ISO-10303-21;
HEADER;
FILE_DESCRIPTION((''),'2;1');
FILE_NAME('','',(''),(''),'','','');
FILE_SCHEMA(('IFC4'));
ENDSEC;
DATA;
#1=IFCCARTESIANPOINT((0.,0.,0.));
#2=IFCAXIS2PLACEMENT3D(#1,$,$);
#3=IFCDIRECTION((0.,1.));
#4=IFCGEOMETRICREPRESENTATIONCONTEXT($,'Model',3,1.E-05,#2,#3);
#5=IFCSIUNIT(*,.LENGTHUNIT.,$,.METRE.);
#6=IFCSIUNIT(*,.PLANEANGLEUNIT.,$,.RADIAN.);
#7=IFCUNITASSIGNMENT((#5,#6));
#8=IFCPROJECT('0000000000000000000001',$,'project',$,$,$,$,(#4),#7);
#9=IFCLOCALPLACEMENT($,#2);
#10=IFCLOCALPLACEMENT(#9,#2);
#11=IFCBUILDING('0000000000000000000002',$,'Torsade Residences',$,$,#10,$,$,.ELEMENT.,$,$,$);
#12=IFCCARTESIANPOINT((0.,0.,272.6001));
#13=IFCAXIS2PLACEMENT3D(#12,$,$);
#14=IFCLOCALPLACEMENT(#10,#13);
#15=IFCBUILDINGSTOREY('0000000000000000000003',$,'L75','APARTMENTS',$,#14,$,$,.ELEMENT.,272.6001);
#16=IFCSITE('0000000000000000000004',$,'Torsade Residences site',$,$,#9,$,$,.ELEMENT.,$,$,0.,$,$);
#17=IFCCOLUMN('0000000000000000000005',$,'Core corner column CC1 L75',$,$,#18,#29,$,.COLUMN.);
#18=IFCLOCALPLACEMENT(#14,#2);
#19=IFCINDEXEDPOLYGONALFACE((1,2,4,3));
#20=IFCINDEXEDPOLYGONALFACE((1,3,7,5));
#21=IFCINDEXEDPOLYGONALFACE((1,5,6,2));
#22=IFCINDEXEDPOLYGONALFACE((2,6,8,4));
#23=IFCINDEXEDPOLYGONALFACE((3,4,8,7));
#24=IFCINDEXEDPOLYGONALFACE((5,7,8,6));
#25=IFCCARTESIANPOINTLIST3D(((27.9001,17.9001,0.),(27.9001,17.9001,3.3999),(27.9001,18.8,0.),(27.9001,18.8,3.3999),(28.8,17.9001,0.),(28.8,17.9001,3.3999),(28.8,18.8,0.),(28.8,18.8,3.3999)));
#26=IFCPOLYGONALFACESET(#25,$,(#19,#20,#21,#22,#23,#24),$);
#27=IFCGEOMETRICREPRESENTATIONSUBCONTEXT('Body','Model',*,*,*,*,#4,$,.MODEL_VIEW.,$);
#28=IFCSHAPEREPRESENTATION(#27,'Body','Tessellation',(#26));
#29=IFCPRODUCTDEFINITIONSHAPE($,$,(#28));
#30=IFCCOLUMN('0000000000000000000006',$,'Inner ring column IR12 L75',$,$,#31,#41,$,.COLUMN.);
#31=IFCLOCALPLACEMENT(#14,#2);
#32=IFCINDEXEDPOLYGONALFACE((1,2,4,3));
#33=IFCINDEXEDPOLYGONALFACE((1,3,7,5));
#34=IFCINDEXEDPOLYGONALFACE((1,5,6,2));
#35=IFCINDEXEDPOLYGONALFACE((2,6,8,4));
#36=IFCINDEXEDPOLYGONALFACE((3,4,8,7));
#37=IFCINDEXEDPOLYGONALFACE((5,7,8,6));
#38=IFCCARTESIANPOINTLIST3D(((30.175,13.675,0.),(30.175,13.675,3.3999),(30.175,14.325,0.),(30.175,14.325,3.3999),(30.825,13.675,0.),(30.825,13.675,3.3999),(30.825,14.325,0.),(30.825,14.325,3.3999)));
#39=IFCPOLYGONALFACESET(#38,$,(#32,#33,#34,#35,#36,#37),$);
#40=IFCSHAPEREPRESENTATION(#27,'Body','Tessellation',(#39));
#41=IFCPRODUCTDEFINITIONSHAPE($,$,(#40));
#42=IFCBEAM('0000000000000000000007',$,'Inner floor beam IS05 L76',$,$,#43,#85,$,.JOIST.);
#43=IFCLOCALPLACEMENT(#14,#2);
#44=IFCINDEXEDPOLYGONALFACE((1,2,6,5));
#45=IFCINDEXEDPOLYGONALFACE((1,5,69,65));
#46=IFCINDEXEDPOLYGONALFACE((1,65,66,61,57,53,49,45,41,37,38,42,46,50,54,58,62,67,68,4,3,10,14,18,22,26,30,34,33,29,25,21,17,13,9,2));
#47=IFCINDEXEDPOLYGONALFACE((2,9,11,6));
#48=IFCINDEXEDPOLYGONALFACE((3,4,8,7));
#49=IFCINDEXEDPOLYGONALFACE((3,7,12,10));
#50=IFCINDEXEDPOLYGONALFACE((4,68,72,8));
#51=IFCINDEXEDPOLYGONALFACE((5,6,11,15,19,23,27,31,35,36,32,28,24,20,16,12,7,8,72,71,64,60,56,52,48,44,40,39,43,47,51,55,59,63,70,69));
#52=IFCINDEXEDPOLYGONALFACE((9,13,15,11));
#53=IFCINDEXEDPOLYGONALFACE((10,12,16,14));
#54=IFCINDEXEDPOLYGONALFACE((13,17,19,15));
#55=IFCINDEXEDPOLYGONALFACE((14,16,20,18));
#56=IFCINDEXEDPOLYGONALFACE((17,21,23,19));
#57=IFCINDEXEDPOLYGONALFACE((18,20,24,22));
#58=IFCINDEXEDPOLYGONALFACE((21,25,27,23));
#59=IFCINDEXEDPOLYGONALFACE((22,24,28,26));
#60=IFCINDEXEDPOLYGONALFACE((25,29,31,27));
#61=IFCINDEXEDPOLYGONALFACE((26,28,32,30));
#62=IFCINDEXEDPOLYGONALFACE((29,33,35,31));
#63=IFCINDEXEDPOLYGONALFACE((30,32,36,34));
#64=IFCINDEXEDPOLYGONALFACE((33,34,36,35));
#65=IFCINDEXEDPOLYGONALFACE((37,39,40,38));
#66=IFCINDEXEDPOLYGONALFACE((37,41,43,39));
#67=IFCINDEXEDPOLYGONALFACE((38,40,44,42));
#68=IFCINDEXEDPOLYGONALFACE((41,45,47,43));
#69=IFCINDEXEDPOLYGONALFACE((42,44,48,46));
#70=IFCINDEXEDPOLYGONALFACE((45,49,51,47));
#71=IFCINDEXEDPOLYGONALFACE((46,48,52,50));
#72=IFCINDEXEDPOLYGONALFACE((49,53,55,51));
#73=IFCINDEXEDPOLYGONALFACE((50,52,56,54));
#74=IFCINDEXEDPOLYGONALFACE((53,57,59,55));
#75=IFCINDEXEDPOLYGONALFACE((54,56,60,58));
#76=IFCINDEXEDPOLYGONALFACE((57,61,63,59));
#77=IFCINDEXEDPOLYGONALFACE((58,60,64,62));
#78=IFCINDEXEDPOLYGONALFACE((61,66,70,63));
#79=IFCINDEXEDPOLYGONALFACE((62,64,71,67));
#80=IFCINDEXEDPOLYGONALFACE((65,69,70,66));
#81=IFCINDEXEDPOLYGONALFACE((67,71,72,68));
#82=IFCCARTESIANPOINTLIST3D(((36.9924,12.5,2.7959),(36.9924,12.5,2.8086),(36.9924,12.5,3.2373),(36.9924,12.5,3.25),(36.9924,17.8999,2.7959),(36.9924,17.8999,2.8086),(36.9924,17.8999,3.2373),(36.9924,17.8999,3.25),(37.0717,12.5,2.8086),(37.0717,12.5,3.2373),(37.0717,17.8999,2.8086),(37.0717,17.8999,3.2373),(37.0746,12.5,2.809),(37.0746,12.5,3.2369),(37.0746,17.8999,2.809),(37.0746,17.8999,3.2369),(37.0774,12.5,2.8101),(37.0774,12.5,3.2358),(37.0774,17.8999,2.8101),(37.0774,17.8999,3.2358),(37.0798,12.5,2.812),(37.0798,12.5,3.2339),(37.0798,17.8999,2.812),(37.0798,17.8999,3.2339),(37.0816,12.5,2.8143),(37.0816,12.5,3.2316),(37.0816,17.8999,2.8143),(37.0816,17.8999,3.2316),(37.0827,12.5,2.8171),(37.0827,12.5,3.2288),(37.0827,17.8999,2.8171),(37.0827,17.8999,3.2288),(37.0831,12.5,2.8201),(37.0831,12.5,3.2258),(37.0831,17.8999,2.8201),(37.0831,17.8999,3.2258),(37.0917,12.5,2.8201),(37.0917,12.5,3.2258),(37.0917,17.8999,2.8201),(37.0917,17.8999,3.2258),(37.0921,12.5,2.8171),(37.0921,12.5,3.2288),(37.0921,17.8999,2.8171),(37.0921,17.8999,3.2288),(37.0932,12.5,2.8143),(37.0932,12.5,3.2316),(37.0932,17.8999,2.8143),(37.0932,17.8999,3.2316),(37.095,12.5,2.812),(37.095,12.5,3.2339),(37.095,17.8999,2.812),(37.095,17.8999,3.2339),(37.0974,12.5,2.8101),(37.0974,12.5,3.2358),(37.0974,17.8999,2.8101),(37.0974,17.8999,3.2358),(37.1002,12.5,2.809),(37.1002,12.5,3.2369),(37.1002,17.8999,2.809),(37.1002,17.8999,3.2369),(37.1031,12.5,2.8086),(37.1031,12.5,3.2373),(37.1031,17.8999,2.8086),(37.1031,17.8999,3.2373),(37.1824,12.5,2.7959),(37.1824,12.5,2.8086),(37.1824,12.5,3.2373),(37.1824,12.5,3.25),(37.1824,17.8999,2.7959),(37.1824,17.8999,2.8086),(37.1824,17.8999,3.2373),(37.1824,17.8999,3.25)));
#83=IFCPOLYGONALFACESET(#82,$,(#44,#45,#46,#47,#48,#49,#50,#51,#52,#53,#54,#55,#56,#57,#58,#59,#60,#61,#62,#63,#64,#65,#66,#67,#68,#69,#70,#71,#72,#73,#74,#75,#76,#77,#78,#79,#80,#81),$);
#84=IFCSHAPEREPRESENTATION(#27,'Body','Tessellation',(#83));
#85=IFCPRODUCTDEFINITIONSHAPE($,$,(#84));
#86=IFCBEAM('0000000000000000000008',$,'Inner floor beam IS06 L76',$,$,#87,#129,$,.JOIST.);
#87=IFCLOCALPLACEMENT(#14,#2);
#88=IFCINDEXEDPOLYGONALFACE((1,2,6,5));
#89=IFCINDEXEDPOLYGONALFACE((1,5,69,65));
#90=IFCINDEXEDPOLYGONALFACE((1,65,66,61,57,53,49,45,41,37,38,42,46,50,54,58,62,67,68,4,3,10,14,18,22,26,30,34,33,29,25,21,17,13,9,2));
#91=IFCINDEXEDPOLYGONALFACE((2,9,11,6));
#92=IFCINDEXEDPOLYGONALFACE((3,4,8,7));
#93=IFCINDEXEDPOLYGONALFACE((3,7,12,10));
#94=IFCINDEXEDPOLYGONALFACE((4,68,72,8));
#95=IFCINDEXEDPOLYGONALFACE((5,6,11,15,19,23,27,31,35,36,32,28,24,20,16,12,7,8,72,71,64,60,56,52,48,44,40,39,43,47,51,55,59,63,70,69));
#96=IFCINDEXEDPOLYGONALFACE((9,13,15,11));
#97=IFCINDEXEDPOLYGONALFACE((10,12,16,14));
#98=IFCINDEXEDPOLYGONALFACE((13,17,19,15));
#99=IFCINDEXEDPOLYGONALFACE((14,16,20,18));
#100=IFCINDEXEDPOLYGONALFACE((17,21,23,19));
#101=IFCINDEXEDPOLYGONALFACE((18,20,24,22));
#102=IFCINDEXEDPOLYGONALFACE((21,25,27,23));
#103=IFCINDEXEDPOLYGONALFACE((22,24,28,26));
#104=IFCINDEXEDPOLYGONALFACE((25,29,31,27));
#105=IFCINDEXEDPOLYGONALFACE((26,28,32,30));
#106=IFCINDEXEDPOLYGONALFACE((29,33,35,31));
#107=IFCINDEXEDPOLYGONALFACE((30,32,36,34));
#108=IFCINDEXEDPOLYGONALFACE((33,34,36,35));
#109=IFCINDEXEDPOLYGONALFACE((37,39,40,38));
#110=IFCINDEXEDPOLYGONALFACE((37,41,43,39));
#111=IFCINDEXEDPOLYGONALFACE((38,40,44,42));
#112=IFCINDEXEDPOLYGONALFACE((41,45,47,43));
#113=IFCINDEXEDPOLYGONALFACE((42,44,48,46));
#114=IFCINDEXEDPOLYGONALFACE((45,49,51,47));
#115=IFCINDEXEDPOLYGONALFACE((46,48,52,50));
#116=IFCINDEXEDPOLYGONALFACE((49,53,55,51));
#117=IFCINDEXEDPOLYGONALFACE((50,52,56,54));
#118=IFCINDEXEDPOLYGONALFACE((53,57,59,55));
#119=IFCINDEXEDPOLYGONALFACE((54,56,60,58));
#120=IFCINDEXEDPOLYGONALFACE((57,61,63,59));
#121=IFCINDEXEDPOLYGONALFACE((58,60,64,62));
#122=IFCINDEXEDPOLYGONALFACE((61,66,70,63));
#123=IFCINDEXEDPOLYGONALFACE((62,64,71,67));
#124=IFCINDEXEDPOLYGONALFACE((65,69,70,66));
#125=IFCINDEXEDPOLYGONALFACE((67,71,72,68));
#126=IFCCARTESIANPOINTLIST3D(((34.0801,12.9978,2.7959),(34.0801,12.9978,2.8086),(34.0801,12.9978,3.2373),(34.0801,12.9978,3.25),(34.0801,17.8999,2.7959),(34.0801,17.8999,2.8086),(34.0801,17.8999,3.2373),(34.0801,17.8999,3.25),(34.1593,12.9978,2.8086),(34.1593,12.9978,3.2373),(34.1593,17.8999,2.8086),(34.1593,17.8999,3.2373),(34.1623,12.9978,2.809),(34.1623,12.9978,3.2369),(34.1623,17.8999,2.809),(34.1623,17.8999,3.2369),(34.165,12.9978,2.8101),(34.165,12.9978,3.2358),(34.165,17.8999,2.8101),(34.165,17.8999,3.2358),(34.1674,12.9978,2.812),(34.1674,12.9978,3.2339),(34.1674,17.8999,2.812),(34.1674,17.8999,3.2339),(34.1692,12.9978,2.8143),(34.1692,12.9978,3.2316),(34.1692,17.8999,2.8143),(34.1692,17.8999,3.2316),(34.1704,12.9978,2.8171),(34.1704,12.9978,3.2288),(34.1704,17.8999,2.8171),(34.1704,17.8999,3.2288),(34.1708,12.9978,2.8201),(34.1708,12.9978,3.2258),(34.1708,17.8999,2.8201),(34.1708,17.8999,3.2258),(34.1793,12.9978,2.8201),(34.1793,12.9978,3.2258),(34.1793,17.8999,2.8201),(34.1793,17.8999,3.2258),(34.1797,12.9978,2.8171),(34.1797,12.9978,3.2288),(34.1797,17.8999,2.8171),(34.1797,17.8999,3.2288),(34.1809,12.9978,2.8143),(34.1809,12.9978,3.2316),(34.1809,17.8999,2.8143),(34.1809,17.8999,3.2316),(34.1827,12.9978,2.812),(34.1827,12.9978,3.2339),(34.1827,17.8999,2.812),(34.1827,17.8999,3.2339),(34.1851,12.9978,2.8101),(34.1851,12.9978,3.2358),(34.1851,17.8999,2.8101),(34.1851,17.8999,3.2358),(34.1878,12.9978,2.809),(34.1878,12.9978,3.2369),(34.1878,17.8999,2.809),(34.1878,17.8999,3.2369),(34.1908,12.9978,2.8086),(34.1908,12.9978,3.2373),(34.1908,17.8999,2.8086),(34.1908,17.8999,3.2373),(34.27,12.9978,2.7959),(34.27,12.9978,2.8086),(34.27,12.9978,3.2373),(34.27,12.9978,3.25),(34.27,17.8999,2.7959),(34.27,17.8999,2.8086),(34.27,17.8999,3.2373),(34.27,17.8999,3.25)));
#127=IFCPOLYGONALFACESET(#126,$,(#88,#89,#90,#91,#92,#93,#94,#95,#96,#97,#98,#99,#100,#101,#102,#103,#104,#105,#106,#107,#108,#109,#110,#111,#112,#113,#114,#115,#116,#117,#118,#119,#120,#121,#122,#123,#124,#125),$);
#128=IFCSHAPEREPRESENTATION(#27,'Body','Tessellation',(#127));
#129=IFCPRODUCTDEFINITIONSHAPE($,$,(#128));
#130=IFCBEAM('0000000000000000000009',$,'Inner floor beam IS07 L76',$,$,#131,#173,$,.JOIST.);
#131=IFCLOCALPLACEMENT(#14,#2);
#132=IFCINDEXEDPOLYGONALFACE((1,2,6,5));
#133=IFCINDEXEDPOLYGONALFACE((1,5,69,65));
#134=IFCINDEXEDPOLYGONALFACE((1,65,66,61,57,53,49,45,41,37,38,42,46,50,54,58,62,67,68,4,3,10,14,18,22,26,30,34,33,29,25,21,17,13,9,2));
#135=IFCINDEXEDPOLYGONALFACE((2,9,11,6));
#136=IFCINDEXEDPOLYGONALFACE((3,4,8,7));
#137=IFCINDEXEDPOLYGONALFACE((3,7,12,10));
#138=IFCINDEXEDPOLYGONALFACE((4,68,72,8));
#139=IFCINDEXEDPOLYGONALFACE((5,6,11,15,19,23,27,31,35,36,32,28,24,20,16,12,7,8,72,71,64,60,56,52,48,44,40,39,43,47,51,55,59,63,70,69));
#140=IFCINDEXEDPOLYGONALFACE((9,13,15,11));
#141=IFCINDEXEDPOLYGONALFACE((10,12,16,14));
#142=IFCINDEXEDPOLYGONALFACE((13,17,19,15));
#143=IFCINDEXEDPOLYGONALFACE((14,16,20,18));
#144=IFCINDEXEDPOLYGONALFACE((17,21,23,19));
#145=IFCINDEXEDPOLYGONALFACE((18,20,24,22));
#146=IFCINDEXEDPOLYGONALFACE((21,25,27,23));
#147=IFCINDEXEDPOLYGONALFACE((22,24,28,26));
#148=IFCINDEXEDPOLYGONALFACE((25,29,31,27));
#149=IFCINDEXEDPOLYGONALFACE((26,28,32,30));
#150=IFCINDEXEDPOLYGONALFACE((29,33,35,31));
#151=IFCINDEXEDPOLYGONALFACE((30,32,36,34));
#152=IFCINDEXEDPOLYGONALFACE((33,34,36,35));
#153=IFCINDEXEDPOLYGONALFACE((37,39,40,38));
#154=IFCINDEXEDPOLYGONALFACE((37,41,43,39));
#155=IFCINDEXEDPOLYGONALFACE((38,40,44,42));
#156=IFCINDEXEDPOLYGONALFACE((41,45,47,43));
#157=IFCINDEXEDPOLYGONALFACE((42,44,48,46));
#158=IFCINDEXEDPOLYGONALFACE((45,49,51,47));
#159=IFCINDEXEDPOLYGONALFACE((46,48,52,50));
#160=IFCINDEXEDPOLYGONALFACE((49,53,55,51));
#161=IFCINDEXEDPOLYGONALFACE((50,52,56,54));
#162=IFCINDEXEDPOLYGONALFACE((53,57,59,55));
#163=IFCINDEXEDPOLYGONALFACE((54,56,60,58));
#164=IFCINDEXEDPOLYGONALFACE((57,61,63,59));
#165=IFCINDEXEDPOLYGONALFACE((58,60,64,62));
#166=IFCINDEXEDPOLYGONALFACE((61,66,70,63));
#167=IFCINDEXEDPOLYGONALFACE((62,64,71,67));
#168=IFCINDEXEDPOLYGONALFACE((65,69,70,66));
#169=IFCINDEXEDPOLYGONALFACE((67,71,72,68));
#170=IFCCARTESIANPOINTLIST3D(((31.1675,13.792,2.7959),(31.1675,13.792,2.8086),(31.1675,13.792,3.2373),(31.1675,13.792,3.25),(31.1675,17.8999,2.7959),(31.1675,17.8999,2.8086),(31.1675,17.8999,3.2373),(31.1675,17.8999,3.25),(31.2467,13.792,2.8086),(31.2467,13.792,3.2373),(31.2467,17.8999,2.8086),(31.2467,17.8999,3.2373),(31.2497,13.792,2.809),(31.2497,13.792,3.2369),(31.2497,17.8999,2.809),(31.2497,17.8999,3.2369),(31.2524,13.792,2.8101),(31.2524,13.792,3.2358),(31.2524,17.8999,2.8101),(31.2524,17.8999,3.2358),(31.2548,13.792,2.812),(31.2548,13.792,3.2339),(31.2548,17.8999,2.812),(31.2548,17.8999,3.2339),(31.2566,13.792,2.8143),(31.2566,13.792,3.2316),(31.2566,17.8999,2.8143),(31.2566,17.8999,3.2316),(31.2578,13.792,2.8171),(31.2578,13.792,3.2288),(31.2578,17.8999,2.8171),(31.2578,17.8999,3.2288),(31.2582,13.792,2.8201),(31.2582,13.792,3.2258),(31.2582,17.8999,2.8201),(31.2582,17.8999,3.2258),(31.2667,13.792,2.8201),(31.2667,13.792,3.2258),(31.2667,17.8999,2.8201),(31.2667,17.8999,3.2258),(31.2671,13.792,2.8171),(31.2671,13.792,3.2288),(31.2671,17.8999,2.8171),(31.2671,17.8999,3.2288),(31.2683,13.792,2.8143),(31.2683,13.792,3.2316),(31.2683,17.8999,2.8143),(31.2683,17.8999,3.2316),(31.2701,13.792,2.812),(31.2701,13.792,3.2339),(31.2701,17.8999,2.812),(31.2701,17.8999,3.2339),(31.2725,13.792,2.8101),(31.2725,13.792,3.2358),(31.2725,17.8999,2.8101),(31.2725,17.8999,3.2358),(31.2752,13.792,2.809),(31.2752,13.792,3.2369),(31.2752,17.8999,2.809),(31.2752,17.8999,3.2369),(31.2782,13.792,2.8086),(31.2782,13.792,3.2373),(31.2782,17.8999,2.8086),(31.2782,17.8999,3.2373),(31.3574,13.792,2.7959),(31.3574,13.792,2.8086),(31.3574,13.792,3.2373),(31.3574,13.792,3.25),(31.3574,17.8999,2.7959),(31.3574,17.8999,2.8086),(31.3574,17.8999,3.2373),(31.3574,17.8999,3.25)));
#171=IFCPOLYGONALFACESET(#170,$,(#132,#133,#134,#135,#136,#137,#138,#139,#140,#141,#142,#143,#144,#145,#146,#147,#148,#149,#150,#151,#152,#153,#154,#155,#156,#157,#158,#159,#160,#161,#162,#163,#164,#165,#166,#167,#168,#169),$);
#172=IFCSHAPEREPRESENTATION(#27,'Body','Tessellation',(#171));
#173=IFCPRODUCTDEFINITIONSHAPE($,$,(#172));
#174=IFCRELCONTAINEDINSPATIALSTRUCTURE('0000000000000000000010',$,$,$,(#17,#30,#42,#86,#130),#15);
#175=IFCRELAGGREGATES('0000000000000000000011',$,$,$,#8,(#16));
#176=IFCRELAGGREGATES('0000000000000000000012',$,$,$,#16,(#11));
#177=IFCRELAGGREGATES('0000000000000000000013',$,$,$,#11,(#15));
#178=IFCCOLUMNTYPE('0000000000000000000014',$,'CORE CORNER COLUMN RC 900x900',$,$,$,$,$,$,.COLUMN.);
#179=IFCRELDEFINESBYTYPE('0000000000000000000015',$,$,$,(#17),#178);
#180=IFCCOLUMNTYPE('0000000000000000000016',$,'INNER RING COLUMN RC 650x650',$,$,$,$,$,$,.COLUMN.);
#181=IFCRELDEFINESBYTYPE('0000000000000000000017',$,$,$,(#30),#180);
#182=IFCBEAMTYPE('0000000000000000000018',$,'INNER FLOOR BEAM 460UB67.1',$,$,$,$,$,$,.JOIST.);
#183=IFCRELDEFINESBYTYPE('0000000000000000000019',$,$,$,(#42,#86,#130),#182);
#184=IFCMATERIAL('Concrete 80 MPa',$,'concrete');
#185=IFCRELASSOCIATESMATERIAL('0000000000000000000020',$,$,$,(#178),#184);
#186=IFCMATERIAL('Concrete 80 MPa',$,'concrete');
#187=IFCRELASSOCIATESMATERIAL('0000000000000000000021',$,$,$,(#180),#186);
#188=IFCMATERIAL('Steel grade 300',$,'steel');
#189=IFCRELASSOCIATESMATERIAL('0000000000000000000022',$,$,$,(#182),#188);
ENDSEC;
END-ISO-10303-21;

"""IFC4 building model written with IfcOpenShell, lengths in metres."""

from ifc_helpers import new_model, si_unit, direction, frame, origin, origin_2d, place, context, subcontext, project, spatial, rectangle, i_section, extrude, material, material_profile, profile_set, type_object, element, save


model = new_model("IFC4")

# Units and contexts
model_context = context("Model", 3, precision=1e-05, world=origin(), true_north=direction((0.0, 1.0)))
body_context = subcontext(model_context, "Body", "Model", "MODEL_VIEW")
ifc_project = project(units=[si_unit("LENGTHUNIT", "METRE"), si_unit("PLANEANGLEUNIT", "RADIAN")], contexts=[model_context])

# Site, building, storey
site_placement = place(None, origin())
site = spatial("IfcSite", under=ifc_project, at=site_placement, Name="Torsade Residences site", CompositionType="ELEMENT", RefElevation=0.0)
building_placement = place(site_placement, origin())
building = spatial("IfcBuilding", under=site, at=building_placement, Name="Torsade Residences", CompositionType="ELEMENT")
storey_placement = place(building_placement, frame((0.0, 0.0, 272.6001)))
storey = spatial("IfcBuildingStorey", under=building, at=storey_placement, Name="L75", Description="APARTMENTS", CompositionType="ELEMENT", Elevation=272.6001)

# Columns
ifc_material_1 = material(Name="Concrete 80 MPa", Category="concrete")
ifc_material_profile_1 = material_profile(ifc_material_1, rectangle(XDim=0.8999, YDim=0.8999, at=origin_2d()), Name="RC 900x900")
ifc_profile_set_1 = profile_set([ifc_material_profile_1], Name="Concrete 80 MPa")
column_type_1 = type_object("IfcColumnType", Name="CORE CORNER COLUMN RC 900x900", PredefinedType="COLUMN", material=ifc_profile_set_1)
column_1_placement = place(storey_placement, frame((28.3501, 18.3501, 0.0), z_axis=(0.0, 0.0, 1.0), x_axis=(1.0, 0.0, 0.0)))
element("IfcColumn", 1, at=column_1_placement, inside=storey, type_object=column_type_1, Name="Core corner column CC1 L75", PredefinedType="COLUMN", context=body_context, shape_type="SweptSolid", body=[
    extrude(rectangle(XDim=0.8999, YDim=0.8999, at=origin_2d()), origin(), (0.0, 0.0, 1.0), 3.3999),
])
ifc_material_2 = material(Name="Concrete 80 MPa", Category="concrete")
ifc_material_profile_2 = material_profile(ifc_material_2, rectangle(XDim=0.6499, YDim=0.6499, at=origin_2d()), Name="RC 650x650")
ifc_profile_set_2 = profile_set([ifc_material_profile_2], Name="Concrete 80 MPa")
column_type_2 = type_object("IfcColumnType", Name="INNER RING COLUMN RC 650x650", PredefinedType="COLUMN", material=ifc_profile_set_2)
column_2_placement = place(storey_placement, frame((30.5, 14.0, 0.0), z_axis=(0.0, 0.0, 1.0), x_axis=(1.0, 0.0, 0.0)))
element("IfcColumn", 2, at=column_2_placement, inside=storey, type_object=column_type_2, Name="Inner ring column IR12 L75", PredefinedType="COLUMN", context=body_context, shape_type="SweptSolid", body=[
    extrude(rectangle(XDim=0.6499, YDim=0.6499, at=origin_2d()), origin(), (0.0, 0.0, 1.0), 3.3999),
])

# Beams
ifc_material_3 = material(Name="Steel grade 300", Category="steel")
ifc_material_profile_3 = material_profile(ifc_material_3, i_section(OverallWidth=0.1899, OverallDepth=0.4541, WebThickness=0.0085, FlangeThickness=0.0127, FilletRadius=0.0115, at=origin_2d()), Name="460UB67.1")
ifc_profile_set_3 = profile_set([ifc_material_profile_3], Name="Steel grade 300")
beam_type_1 = type_object("IfcBeamType", Name="INNER FLOOR BEAM 460UB67.1", PredefinedType="JOIST", material=ifc_profile_set_3)
beam_1_placement = place(storey_placement, frame((37.0874, 17.8999, 3.0229), z_axis=(0.0, -1.0, 0.0), x_axis=(1.0, 0.0, 0.0)))
element("IfcBeam", 3, at=beam_1_placement, inside=storey, type_object=beam_type_1, Name="Inner floor beam IS05 L76", PredefinedType="JOIST", context=body_context, shape_type="SweptSolid", body=[
    extrude(i_section(OverallWidth=0.1899, OverallDepth=0.4541, WebThickness=0.0085, FlangeThickness=0.0127, FilletRadius=0.0115, at=origin_2d()), origin(), (0.0, 0.0, 1.0), 5.3999),
])
beam_2_placement = place(storey_placement, frame((34.175, 17.8999, 3.0229), z_axis=(0.0, -1.0, 0.0), x_axis=(1.0, 0.0, 0.0)))
element("IfcBeam", 4, at=beam_2_placement, inside=storey, type_object=beam_type_1, Name="Inner floor beam IS06 L76", PredefinedType="JOIST", context=body_context, shape_type="SweptSolid", body=[
    extrude(i_section(OverallWidth=0.1899, OverallDepth=0.4541, WebThickness=0.0085, FlangeThickness=0.0127, FilletRadius=0.0115, at=origin_2d()), origin(), (0.0, 0.0, 1.0), 4.9021),
])
beam_3_placement = place(storey_placement, frame((31.2625, 17.8999, 3.0229), z_axis=(0.0, -1.0, 0.0), x_axis=(1.0, 0.0, 0.0)))
element("IfcBeam", 5, at=beam_3_placement, inside=storey, type_object=beam_type_1, Name="Inner floor beam IS07 L76", PredefinedType="JOIST", context=body_context, shape_type="SweptSolid", body=[
    extrude(i_section(OverallWidth=0.1899, OverallDepth=0.4541, WebThickness=0.0085, FlangeThickness=0.0127, FilletRadius=0.0115, at=origin_2d()), origin(), (0.0, 0.0, 1.0), 4.1079),
])

save(model, "model.ifc")
